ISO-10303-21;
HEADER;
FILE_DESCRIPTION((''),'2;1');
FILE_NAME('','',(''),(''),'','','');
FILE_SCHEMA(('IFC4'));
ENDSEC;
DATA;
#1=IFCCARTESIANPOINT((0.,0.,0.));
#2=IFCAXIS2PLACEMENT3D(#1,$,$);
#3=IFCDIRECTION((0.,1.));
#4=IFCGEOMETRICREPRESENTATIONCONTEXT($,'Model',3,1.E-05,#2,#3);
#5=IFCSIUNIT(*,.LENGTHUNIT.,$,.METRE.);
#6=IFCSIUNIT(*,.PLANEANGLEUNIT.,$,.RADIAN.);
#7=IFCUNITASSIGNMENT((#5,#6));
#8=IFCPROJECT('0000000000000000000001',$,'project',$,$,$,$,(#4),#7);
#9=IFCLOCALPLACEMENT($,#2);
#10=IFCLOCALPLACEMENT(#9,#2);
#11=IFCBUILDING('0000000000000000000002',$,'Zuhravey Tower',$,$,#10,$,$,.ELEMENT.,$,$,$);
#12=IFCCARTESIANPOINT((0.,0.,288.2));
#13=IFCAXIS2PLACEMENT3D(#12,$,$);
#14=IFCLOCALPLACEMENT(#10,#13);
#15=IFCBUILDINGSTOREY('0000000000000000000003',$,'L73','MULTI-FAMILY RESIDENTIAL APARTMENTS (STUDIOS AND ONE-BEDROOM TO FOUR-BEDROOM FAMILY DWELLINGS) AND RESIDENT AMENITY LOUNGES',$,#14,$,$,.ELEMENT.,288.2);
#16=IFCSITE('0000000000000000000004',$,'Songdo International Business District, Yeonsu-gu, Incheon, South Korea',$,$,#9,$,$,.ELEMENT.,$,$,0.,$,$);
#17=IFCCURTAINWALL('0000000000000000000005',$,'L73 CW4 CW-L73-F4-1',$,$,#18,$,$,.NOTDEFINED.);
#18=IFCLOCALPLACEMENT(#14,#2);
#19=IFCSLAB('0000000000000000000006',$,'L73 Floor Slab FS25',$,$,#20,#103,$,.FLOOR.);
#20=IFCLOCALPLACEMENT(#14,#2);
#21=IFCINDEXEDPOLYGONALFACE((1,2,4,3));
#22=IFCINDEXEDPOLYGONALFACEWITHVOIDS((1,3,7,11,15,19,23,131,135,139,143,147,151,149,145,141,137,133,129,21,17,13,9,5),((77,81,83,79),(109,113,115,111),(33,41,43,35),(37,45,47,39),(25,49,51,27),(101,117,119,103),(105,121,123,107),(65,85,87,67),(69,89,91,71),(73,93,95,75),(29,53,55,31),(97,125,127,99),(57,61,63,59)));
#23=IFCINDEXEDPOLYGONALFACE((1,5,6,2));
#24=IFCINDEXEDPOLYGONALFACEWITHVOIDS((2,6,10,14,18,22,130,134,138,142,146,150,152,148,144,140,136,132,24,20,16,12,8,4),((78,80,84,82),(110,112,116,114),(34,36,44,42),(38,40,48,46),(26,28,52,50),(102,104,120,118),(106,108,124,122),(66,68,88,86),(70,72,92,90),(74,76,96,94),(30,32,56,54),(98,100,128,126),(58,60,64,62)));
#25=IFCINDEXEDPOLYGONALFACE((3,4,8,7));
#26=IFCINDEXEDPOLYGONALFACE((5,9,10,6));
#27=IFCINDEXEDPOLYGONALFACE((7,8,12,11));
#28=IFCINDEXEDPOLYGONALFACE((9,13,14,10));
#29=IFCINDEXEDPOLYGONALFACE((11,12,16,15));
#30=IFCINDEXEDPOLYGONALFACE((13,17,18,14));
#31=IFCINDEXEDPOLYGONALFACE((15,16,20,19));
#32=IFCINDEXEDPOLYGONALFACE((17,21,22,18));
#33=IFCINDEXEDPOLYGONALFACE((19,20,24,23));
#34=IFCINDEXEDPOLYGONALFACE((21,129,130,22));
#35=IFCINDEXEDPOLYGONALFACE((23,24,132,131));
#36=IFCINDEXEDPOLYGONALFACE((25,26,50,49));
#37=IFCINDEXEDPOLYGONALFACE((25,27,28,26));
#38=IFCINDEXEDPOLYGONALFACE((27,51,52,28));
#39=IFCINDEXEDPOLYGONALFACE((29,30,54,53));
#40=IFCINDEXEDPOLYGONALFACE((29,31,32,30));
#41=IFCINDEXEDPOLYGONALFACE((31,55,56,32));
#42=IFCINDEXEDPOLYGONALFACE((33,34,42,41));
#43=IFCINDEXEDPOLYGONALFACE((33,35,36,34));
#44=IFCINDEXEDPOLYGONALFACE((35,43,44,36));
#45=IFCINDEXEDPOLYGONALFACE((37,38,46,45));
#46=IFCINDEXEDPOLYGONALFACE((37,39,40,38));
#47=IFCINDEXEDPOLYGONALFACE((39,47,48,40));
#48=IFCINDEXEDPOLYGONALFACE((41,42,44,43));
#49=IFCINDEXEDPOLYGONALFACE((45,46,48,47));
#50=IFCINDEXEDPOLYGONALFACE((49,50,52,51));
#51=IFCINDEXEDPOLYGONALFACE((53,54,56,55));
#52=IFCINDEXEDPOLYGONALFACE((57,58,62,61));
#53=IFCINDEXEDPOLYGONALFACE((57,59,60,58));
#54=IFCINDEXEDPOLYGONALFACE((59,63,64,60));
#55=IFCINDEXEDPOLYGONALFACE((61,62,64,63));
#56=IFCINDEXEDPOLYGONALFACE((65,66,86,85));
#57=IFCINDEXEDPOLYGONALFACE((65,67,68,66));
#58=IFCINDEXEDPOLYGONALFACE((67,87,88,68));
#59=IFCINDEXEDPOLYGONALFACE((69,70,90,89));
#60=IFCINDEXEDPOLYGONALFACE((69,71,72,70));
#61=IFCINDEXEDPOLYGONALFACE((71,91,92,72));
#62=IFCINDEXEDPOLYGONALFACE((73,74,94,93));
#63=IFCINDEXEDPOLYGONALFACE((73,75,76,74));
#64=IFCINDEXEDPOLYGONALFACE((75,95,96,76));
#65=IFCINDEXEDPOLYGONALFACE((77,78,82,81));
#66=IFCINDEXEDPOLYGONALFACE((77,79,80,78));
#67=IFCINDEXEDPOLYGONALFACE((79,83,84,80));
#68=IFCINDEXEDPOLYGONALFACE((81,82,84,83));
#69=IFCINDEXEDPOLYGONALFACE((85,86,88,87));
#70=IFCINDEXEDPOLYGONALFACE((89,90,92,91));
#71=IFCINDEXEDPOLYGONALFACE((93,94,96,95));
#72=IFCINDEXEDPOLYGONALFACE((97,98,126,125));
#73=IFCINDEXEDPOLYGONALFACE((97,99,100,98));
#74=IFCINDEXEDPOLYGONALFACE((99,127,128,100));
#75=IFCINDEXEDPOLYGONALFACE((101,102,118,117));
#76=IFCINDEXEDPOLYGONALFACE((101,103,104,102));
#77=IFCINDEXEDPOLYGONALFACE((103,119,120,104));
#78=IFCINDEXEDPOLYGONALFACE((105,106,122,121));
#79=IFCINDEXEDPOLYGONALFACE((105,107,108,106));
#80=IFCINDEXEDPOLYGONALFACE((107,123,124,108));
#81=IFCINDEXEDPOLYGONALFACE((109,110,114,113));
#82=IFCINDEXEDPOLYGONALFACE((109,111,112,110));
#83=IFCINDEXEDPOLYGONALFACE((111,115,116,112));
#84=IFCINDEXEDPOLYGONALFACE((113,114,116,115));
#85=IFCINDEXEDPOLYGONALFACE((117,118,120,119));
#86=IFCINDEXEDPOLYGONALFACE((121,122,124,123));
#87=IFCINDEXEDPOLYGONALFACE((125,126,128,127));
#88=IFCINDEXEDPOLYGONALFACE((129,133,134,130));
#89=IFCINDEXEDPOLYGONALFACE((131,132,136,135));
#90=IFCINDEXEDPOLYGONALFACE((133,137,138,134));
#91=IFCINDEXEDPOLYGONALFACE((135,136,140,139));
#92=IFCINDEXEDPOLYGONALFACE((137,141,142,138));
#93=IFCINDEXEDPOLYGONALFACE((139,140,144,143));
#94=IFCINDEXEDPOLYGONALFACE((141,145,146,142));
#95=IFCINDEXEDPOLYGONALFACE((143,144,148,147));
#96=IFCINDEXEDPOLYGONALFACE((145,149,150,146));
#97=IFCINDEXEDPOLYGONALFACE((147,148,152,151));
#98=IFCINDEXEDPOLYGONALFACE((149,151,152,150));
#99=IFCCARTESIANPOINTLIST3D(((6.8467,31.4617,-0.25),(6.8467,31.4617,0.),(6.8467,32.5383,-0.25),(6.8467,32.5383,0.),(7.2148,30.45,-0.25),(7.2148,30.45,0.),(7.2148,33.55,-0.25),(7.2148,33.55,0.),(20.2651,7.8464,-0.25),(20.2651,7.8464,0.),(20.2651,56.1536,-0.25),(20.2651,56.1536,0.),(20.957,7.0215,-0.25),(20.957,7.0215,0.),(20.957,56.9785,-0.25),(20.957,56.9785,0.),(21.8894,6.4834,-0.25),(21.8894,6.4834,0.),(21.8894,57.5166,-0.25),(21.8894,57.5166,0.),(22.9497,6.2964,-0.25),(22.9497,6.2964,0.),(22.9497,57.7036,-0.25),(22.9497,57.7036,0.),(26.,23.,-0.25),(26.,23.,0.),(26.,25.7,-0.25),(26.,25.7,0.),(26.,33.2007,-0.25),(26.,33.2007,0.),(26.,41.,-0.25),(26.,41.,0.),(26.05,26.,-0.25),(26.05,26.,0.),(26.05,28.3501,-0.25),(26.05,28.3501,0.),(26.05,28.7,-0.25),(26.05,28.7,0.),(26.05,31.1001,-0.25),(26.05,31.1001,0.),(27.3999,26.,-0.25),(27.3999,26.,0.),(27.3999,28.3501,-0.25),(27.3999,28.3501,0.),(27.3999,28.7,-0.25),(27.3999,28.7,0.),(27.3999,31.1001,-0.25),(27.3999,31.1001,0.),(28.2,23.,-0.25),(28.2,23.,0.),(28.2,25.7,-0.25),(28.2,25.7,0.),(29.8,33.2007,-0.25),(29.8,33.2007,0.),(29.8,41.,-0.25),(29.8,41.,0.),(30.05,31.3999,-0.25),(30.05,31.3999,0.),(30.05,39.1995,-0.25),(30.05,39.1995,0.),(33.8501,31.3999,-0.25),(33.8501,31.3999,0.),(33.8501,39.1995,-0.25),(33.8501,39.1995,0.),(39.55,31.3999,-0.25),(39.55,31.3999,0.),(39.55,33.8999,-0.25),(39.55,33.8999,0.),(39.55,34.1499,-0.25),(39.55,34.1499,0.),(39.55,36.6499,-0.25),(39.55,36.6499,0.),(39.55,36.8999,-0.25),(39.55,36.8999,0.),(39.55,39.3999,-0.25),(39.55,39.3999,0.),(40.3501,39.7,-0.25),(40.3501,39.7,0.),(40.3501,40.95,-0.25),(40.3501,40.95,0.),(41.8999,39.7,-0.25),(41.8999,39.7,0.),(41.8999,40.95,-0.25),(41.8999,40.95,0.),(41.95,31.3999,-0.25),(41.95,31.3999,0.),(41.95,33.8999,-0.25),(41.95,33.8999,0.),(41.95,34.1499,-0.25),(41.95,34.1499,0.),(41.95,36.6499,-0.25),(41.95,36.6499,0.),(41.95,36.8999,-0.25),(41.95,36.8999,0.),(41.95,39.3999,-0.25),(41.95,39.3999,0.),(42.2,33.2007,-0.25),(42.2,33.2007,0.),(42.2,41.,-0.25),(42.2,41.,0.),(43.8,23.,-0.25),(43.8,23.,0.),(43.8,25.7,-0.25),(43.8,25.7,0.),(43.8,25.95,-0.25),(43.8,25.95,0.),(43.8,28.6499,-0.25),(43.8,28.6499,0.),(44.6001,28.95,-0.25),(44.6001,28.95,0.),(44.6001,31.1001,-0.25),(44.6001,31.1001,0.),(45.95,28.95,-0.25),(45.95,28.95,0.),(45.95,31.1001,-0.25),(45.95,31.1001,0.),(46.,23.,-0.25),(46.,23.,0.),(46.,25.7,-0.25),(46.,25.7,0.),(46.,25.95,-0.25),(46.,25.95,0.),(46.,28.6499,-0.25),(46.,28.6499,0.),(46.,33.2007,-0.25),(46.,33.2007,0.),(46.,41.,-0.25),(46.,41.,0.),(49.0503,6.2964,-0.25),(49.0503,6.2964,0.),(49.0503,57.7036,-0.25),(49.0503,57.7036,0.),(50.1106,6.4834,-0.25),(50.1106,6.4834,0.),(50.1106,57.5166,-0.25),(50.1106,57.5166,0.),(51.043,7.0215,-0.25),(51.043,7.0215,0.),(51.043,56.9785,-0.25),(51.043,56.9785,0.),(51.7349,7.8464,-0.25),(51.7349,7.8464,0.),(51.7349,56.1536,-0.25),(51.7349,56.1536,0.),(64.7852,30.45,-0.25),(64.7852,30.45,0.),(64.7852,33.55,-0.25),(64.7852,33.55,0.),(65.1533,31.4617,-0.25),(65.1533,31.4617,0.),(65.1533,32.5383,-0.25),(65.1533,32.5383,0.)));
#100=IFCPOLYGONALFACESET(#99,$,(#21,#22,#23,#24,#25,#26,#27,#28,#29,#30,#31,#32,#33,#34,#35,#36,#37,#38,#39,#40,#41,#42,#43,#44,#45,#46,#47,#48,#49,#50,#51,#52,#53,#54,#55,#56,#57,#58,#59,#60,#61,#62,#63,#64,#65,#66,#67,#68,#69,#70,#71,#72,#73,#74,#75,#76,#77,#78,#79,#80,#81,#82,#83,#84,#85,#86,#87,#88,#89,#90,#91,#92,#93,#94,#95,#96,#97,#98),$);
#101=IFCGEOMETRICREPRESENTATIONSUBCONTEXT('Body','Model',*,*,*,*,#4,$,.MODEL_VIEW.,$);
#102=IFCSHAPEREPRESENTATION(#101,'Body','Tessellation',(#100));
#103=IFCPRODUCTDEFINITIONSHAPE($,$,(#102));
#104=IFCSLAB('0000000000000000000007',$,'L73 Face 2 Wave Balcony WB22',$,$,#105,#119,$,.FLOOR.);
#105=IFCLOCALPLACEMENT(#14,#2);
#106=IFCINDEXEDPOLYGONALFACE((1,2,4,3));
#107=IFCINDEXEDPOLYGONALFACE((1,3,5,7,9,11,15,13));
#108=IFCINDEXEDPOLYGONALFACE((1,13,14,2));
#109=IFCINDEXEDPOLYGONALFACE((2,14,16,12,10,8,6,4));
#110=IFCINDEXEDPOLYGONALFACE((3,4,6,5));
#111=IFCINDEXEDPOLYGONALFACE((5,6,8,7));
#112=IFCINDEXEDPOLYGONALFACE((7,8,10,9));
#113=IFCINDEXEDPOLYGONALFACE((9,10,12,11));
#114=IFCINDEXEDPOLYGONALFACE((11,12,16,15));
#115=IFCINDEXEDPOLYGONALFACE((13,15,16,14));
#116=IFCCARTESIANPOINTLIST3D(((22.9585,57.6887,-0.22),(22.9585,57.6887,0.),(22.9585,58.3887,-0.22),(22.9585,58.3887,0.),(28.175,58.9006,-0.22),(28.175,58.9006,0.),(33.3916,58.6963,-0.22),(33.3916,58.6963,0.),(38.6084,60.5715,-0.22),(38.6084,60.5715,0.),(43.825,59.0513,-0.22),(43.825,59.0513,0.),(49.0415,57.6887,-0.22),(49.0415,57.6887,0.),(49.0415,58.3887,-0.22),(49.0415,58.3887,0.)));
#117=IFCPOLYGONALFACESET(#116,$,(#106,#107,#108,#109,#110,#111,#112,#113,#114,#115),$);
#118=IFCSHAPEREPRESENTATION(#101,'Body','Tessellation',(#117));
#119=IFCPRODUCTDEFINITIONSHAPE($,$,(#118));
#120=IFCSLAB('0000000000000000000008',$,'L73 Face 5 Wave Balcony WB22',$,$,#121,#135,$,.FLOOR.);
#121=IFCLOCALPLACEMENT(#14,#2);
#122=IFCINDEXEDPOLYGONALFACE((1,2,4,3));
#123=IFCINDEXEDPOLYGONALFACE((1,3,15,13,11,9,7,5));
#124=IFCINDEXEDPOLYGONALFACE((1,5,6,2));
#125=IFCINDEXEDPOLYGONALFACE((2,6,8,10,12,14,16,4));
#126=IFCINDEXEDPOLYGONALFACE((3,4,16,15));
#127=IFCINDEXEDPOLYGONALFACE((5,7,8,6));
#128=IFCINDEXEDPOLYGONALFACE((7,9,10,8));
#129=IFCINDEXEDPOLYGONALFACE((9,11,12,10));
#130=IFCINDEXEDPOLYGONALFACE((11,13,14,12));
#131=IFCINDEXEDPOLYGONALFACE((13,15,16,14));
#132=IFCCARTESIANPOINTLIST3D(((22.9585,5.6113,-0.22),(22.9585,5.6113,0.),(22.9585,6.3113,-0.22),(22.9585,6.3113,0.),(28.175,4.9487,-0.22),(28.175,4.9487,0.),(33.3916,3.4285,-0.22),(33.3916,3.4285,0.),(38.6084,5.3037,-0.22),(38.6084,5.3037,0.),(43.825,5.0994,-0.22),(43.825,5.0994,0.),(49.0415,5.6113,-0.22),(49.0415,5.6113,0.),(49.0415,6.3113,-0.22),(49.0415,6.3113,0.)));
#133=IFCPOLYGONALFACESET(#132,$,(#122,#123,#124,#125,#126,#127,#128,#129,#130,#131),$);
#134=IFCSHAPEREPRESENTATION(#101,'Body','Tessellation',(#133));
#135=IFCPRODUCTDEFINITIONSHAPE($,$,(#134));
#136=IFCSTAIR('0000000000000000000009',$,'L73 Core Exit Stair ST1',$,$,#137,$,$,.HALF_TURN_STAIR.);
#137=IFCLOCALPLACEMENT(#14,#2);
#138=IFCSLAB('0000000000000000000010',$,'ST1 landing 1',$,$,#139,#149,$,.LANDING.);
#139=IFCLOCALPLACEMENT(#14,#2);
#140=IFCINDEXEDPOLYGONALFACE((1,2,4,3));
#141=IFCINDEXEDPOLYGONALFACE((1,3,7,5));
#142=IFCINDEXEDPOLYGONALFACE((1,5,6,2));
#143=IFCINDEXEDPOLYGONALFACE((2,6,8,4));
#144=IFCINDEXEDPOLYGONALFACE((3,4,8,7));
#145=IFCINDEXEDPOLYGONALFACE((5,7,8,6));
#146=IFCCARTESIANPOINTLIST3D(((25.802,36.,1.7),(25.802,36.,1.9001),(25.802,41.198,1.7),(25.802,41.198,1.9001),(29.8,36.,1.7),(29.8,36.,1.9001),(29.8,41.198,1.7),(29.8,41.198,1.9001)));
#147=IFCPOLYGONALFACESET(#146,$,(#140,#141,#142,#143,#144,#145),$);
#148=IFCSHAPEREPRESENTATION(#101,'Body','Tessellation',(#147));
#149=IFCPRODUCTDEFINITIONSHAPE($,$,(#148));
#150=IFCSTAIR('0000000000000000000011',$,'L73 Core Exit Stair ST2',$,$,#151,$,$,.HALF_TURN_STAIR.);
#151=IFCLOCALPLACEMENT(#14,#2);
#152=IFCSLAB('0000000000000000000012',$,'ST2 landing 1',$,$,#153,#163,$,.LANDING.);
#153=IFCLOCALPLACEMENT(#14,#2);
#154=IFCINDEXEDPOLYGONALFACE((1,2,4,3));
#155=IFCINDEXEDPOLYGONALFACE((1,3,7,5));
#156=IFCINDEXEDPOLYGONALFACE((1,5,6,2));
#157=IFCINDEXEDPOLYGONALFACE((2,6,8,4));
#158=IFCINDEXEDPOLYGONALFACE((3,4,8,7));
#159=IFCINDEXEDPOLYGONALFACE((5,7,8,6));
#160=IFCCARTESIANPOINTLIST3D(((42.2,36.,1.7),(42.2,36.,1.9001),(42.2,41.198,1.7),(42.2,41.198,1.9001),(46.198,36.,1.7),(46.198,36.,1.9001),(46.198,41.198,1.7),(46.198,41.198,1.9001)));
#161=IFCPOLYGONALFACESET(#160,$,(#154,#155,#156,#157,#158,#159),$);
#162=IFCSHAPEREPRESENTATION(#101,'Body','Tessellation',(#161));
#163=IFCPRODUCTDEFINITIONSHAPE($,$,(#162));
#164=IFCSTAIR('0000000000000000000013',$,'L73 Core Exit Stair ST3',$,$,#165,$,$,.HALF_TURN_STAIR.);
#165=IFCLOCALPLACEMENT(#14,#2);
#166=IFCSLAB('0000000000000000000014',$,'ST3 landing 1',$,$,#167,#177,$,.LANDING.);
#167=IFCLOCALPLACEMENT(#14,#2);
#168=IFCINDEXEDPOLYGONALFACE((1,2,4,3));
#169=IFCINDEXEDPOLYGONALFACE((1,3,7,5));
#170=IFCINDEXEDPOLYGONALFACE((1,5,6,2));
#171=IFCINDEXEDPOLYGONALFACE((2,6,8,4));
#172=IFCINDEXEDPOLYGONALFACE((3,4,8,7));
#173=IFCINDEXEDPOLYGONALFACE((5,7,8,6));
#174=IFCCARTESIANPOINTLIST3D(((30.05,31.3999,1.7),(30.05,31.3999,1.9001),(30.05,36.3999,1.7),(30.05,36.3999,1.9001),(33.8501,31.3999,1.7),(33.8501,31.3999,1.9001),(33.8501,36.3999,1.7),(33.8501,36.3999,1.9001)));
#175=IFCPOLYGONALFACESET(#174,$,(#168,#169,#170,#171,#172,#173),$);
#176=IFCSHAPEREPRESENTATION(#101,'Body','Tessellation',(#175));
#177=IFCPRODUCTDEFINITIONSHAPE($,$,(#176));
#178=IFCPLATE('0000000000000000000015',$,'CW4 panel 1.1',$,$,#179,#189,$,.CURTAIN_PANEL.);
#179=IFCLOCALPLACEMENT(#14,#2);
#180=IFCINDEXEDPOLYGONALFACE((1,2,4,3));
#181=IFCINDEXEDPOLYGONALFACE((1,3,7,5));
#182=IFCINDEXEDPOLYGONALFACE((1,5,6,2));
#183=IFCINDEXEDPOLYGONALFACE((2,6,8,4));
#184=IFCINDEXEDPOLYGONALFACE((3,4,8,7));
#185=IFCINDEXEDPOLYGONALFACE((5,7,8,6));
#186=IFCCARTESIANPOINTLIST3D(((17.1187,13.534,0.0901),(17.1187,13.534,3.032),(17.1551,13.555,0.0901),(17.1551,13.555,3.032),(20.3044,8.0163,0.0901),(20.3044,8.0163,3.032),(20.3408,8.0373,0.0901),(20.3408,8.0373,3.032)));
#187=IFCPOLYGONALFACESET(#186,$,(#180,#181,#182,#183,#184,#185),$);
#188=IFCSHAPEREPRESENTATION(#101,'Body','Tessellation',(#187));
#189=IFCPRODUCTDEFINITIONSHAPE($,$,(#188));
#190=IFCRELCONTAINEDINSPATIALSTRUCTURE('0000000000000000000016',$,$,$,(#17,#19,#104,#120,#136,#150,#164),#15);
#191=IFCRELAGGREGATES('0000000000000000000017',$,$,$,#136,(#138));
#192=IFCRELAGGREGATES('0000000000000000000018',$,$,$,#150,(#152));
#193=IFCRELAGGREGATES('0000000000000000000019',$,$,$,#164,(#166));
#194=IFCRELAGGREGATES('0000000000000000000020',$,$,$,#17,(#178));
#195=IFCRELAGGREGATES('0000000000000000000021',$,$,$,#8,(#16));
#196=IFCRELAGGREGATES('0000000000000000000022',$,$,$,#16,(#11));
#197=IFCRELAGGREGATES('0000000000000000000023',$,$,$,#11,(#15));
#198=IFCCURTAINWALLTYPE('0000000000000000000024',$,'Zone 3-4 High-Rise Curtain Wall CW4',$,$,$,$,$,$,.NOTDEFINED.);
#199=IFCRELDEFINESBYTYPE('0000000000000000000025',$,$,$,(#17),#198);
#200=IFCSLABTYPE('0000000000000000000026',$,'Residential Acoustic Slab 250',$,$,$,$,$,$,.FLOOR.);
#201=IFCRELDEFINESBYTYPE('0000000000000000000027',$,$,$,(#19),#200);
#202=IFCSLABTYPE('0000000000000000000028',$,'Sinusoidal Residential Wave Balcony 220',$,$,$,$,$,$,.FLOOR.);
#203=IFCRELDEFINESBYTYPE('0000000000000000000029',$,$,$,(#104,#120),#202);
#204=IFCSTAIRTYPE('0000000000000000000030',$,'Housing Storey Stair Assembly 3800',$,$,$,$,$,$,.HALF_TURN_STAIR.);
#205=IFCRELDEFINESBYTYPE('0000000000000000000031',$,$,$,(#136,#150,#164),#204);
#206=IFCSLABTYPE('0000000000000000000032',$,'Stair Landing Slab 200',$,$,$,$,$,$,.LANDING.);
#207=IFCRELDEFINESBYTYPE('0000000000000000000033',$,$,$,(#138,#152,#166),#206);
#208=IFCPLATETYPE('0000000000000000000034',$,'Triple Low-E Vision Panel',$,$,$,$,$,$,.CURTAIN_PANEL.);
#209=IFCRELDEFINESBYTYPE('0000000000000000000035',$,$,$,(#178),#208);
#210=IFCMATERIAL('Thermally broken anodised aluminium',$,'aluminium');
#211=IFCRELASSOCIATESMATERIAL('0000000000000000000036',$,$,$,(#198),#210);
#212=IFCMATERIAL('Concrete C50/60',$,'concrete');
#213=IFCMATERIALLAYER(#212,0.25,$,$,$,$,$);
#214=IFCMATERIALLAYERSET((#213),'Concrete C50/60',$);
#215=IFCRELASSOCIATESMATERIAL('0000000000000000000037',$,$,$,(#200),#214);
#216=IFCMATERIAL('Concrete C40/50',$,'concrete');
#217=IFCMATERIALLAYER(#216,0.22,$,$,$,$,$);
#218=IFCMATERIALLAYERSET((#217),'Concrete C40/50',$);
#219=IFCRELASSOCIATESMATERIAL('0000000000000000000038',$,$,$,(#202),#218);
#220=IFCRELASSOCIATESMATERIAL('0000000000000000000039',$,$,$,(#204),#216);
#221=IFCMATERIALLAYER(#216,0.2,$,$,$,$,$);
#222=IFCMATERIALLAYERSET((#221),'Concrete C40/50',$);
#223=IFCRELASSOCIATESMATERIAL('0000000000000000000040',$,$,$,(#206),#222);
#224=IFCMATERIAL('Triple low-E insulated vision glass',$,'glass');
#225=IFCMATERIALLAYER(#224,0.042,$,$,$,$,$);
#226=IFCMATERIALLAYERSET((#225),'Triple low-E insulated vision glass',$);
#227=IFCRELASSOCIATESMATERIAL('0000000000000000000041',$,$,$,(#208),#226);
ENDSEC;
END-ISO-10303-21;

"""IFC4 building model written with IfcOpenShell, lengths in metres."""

from ifc_helpers import new_model, si_unit, direction, frame, origin, origin_2d, place, context, subcontext, project, spatial, polyline, rectangle, outline, extrude, material, layer, layer_set, type_object, element, aggregate, save


model = new_model("IFC4")

# Units and contexts
model_context = context("Model", 3, precision=1e-05, world=origin(), true_north=direction((0.0, 1.0)))
body_context = subcontext(model_context, "Body", "Model", "MODEL_VIEW")
ifc_project = project(units=[si_unit("LENGTHUNIT", "METRE"), si_unit("PLANEANGLEUNIT", "RADIAN")], contexts=[model_context])

# Site, building, storey
site_placement = place(None, origin())
site = spatial("IfcSite", under=ifc_project, at=site_placement, Name="Songdo International Business District, Yeonsu-gu, Incheon, South Korea", CompositionType="ELEMENT", RefElevation=0.0)
building_placement = place(site_placement, origin())
building = spatial("IfcBuilding", under=site, at=building_placement, Name="Zuhravey Tower", CompositionType="ELEMENT")
storey_placement = place(building_placement, frame((0.0, 0.0, 288.2)))
storey = spatial("IfcBuildingStorey", under=building, at=storey_placement, Name="L73", Description="MULTI-FAMILY RESIDENTIAL APARTMENTS (STUDIOS AND ONE-BEDROOM TO FOUR-BEDROOM FAMILY DWELLINGS) AND RESIDENT AMENITY LOUNGES", CompositionType="ELEMENT", Elevation=288.2)

# Shared definitions
ifc_material_1 = material(Name="Concrete C50/60", Category="concrete")

# Curtain wall
ifc_material_2 = material(Name="Thermally broken anodised aluminium", Category="aluminium")
curtain_wall_type = type_object("IfcCurtainWallType", Name="Zone 3-4 High-Rise Curtain Wall CW4", PredefinedType="NOTDEFINED", material=ifc_material_2)
curtain_wall_placement = place(storey_placement, origin())
curtain_wall = element("IfcCurtainWall", 1, at=curtain_wall_placement, inside=storey, type_object=curtain_wall_type, Name="L73 CW4 CW-L73-F4-1", PredefinedType="NOTDEFINED")

# Slabs
ifc_layer_1 = layer(ifc_material_1, 0.25)
ifc_layer_set_1 = layer_set([ifc_layer_1], Name="Concrete C50/60")
slab_type_1 = type_object("IfcSlabType", Name="Residential Acoustic Slab 250", PredefinedType="FLOOR", material=ifc_layer_set_1)
slab_1_placement = place(storey_placement, frame((0.0, 0.0, -0.25)))
element("IfcSlab", 2, at=slab_1_placement, inside=storey, type_object=slab_type_1, Name="L73 Floor Slab FS25", PredefinedType="FLOOR", context=body_context, shape_type="SweptSolid", body=[
    extrude(outline(polyline([(64.7852, 30.45), (65.1533, 31.4617), (65.1533, 32.5383), (64.7852, 33.55), (51.7349, 56.1536), (51.043, 56.9785), (50.1106, 57.5166), (49.0503, 57.7036), (22.9497, 57.7036), (21.8894, 57.5166), (20.957, 56.9785), (20.2651, 56.1536), (7.2148, 33.55), (6.8467, 32.5383), (6.8467, 31.4617), (7.2148, 30.45), (20.2651, 7.8464), (20.957, 7.0215), (21.8894, 6.4834), (22.9497, 6.2964), (49.0503, 6.2964), (50.1106, 6.4834), (51.043, 7.0215), (51.7349, 7.8464), (64.7852, 30.45)]), holes=[polyline([(29.8, 33.2007), (29.8, 41.0), (26.0, 41.0), (26.0, 33.2007), (29.8, 33.2007)]), polyline([(46.0, 33.2007), (46.0, 41.0), (42.2, 41.0), (42.2, 33.2007), (46.0, 33.2007)]), polyline([(30.05, 39.1995), (30.05, 31.3999), (33.8501, 31.3999), (33.8501, 39.1995), (30.05, 39.1995)]), polyline([(39.55, 31.3999), (41.95, 31.3999), (41.95, 33.8999), (39.55, 33.8999), (39.55, 31.3999)]), polyline([(39.55, 34.1499), (41.95, 34.1499), (41.95, 36.6499), (39.55, 36.6499), (39.55, 34.1499)]), polyline([(39.55, 36.8999), (41.95, 36.8999), (41.95, 39.3999), (39.55, 39.3999), (39.55, 36.8999)]), polyline([(26.0, 23.0), (28.2, 23.0), (28.2, 25.7), (26.0, 25.7), (26.0, 23.0)]), polyline([(43.8, 23.0), (46.0, 23.0), (46.0, 25.7), (43.8, 25.7), (43.8, 23.0)]), polyline([(43.8, 25.95), (46.0, 25.95), (46.0, 28.6499), (43.8, 28.6499), (43.8, 25.95)]), polyline([(26.05, 26.0), (27.3999, 26.0), (27.3999, 28.3501), (26.05, 28.3501), (26.05, 26.0)]), polyline([(26.05, 28.7), (27.3999, 28.7), (27.3999, 31.1001), (26.05, 31.1001), (26.05, 28.7)]), polyline([(44.6001, 28.95), (45.95, 28.95), (45.95, 31.1001), (44.6001, 31.1001), (44.6001, 28.95)]), polyline([(40.3501, 39.7), (41.8999, 39.7), (41.8999, 40.95), (40.3501, 40.95), (40.3501, 39.7)])]), origin(), (0.0, 0.0, 1.0), 0.25),
])
ifc_material_3 = material(Name="Concrete C40/50", Category="concrete")
ifc_layer_2 = layer(ifc_material_3, 0.22)
ifc_layer_set_2 = layer_set([ifc_layer_2], Name="Concrete C40/50")
slab_type_2 = type_object("IfcSlabType", Name="Sinusoidal Residential Wave Balcony 220", PredefinedType="FLOOR", material=ifc_layer_set_2)
slab_2_placement = place(storey_placement, frame((0.0, 0.0, -0.22)))
element("IfcSlab", 3, at=slab_2_placement, inside=storey, type_object=slab_type_2, Name="L73 Face 2 Wave Balcony WB22", PredefinedType="FLOOR", context=body_context, shape_type="SweptSolid", body=[
    extrude(outline(polyline([(49.0415, 57.6887), (22.9585, 57.6887), (22.9585, 58.3887), (28.175, 58.9006), (33.3916, 58.6963), (38.6084, 60.5715), (43.825, 59.0513), (49.0415, 58.3887), (49.0415, 57.6887)])), origin(), (0.0, 0.0, 1.0), 0.22),
])
slab_3_placement = place(storey_placement, frame((0.0, 0.0, -0.22)))
element("IfcSlab", 4, at=slab_3_placement, inside=storey, type_object=slab_type_2, Name="L73 Face 5 Wave Balcony WB22", PredefinedType="FLOOR", context=body_context, shape_type="SweptSolid", body=[
    extrude(outline(polyline([(22.9585, 6.3113), (49.0415, 6.3113), (49.0415, 5.6113), (43.825, 5.0994), (38.6084, 5.3037), (33.3916, 3.4285), (28.175, 4.9487), (22.9585, 5.6113), (22.9585, 6.3113)])), origin(), (0.0, 0.0, 1.0), 0.22),
])

# Stairs, slabs
stair_type = type_object("IfcStairType", Name="Housing Storey Stair Assembly 3800", PredefinedType="HALF_TURN_STAIR", material=ifc_material_3)
stair_1_placement = place(storey_placement, origin())
stair_1 = element("IfcStair", 5, at=stair_1_placement, inside=storey, type_object=stair_type, Name="L73 Core Exit Stair ST1", PredefinedType="HALF_TURN_STAIR")
ifc_layer_3 = layer(ifc_material_3, 0.2)
ifc_layer_set_3 = layer_set([ifc_layer_3], Name="Concrete C40/50")
slab_type_3 = type_object("IfcSlabType", Name="Stair Landing Slab 200", PredefinedType="LANDING", material=ifc_layer_set_3)
slab_4_placement = place(storey_placement, frame((0.0, 0.0, 1.7)))
slab_4 = element("IfcSlab", 6, at=slab_4_placement, type_object=slab_type_3, Name="ST1 landing 1", PredefinedType="LANDING", context=body_context, shape_type="SweptSolid", body=[
    extrude(outline(polyline([(29.8, 36.0), (29.8, 41.198), (25.802, 41.198), (25.802, 36.0), (29.8, 36.0)])), origin(), (0.0, 0.0, 1.0), 0.2002),
])
aggregate(stair_1, [slab_4])
stair_2_placement = place(storey_placement, origin())
stair_2 = element("IfcStair", 7, at=stair_2_placement, inside=storey, type_object=stair_type, Name="L73 Core Exit Stair ST2", PredefinedType="HALF_TURN_STAIR")
slab_5_placement = place(storey_placement, frame((0.0, 0.0, 1.7)))
slab_5 = element("IfcSlab", 8, at=slab_5_placement, type_object=slab_type_3, Name="ST2 landing 1", PredefinedType="LANDING", context=body_context, shape_type="SweptSolid", body=[
    extrude(outline(polyline([(46.198, 36.0), (46.198, 41.198), (42.2, 41.198), (42.2, 36.0), (46.198, 36.0)])), origin(), (0.0, 0.0, 1.0), 0.2002),
])
aggregate(stair_2, [slab_5])
stair_3_placement = place(storey_placement, origin())
stair_3 = element("IfcStair", 9, at=stair_3_placement, inside=storey, type_object=stair_type, Name="L73 Core Exit Stair ST3", PredefinedType="HALF_TURN_STAIR")
slab_6_placement = place(storey_placement, frame((0.0, 0.0, 1.7)))
slab_6 = element("IfcSlab", 10, at=slab_6_placement, type_object=slab_type_3, Name="ST3 landing 1", PredefinedType="LANDING", context=body_context, shape_type="SweptSolid", body=[
    extrude(outline(polyline([(30.05, 36.3999), (30.05, 31.3999), (33.8501, 31.3999), (33.8501, 36.3999), (30.05, 36.3999)])), origin(), (0.0, 0.0, 1.0), 0.2002),
])
aggregate(stair_3, [slab_6])

# Plate
ifc_material_4 = material(Name="Triple low-E insulated vision glass", Category="glass")
ifc_layer_4 = layer(ifc_material_4, 0.042)
ifc_layer_set_4 = layer_set([ifc_layer_4], Name="Triple low-E insulated vision glass")
plate_type = type_object("IfcPlateType", Name="Triple Low-E Vision Panel", PredefinedType="CURTAIN_PANEL", material=ifc_layer_set_4)
plate_1_placement = place(storey_placement, frame((18.7297, 10.7856, 0.0901), z_axis=(0.0, 0.0, 1.0), x_axis=(-0.500001, 0.866025, 0.0)))
plate_1 = element("IfcPlate", 11, at=plate_1_placement, type_object=plate_type, Name="CW4 panel 1.1", PredefinedType="CURTAIN_PANEL", context=body_context, shape_type="SweptSolid", body=[
    extrude(rectangle(XDim=6.3713, YDim=0.042, at=origin_2d()), origin(), (0.0, 0.0, 1.0), 2.9419),
])
aggregate(curtain_wall, [plate_1])

save(model, "model.ifc")
